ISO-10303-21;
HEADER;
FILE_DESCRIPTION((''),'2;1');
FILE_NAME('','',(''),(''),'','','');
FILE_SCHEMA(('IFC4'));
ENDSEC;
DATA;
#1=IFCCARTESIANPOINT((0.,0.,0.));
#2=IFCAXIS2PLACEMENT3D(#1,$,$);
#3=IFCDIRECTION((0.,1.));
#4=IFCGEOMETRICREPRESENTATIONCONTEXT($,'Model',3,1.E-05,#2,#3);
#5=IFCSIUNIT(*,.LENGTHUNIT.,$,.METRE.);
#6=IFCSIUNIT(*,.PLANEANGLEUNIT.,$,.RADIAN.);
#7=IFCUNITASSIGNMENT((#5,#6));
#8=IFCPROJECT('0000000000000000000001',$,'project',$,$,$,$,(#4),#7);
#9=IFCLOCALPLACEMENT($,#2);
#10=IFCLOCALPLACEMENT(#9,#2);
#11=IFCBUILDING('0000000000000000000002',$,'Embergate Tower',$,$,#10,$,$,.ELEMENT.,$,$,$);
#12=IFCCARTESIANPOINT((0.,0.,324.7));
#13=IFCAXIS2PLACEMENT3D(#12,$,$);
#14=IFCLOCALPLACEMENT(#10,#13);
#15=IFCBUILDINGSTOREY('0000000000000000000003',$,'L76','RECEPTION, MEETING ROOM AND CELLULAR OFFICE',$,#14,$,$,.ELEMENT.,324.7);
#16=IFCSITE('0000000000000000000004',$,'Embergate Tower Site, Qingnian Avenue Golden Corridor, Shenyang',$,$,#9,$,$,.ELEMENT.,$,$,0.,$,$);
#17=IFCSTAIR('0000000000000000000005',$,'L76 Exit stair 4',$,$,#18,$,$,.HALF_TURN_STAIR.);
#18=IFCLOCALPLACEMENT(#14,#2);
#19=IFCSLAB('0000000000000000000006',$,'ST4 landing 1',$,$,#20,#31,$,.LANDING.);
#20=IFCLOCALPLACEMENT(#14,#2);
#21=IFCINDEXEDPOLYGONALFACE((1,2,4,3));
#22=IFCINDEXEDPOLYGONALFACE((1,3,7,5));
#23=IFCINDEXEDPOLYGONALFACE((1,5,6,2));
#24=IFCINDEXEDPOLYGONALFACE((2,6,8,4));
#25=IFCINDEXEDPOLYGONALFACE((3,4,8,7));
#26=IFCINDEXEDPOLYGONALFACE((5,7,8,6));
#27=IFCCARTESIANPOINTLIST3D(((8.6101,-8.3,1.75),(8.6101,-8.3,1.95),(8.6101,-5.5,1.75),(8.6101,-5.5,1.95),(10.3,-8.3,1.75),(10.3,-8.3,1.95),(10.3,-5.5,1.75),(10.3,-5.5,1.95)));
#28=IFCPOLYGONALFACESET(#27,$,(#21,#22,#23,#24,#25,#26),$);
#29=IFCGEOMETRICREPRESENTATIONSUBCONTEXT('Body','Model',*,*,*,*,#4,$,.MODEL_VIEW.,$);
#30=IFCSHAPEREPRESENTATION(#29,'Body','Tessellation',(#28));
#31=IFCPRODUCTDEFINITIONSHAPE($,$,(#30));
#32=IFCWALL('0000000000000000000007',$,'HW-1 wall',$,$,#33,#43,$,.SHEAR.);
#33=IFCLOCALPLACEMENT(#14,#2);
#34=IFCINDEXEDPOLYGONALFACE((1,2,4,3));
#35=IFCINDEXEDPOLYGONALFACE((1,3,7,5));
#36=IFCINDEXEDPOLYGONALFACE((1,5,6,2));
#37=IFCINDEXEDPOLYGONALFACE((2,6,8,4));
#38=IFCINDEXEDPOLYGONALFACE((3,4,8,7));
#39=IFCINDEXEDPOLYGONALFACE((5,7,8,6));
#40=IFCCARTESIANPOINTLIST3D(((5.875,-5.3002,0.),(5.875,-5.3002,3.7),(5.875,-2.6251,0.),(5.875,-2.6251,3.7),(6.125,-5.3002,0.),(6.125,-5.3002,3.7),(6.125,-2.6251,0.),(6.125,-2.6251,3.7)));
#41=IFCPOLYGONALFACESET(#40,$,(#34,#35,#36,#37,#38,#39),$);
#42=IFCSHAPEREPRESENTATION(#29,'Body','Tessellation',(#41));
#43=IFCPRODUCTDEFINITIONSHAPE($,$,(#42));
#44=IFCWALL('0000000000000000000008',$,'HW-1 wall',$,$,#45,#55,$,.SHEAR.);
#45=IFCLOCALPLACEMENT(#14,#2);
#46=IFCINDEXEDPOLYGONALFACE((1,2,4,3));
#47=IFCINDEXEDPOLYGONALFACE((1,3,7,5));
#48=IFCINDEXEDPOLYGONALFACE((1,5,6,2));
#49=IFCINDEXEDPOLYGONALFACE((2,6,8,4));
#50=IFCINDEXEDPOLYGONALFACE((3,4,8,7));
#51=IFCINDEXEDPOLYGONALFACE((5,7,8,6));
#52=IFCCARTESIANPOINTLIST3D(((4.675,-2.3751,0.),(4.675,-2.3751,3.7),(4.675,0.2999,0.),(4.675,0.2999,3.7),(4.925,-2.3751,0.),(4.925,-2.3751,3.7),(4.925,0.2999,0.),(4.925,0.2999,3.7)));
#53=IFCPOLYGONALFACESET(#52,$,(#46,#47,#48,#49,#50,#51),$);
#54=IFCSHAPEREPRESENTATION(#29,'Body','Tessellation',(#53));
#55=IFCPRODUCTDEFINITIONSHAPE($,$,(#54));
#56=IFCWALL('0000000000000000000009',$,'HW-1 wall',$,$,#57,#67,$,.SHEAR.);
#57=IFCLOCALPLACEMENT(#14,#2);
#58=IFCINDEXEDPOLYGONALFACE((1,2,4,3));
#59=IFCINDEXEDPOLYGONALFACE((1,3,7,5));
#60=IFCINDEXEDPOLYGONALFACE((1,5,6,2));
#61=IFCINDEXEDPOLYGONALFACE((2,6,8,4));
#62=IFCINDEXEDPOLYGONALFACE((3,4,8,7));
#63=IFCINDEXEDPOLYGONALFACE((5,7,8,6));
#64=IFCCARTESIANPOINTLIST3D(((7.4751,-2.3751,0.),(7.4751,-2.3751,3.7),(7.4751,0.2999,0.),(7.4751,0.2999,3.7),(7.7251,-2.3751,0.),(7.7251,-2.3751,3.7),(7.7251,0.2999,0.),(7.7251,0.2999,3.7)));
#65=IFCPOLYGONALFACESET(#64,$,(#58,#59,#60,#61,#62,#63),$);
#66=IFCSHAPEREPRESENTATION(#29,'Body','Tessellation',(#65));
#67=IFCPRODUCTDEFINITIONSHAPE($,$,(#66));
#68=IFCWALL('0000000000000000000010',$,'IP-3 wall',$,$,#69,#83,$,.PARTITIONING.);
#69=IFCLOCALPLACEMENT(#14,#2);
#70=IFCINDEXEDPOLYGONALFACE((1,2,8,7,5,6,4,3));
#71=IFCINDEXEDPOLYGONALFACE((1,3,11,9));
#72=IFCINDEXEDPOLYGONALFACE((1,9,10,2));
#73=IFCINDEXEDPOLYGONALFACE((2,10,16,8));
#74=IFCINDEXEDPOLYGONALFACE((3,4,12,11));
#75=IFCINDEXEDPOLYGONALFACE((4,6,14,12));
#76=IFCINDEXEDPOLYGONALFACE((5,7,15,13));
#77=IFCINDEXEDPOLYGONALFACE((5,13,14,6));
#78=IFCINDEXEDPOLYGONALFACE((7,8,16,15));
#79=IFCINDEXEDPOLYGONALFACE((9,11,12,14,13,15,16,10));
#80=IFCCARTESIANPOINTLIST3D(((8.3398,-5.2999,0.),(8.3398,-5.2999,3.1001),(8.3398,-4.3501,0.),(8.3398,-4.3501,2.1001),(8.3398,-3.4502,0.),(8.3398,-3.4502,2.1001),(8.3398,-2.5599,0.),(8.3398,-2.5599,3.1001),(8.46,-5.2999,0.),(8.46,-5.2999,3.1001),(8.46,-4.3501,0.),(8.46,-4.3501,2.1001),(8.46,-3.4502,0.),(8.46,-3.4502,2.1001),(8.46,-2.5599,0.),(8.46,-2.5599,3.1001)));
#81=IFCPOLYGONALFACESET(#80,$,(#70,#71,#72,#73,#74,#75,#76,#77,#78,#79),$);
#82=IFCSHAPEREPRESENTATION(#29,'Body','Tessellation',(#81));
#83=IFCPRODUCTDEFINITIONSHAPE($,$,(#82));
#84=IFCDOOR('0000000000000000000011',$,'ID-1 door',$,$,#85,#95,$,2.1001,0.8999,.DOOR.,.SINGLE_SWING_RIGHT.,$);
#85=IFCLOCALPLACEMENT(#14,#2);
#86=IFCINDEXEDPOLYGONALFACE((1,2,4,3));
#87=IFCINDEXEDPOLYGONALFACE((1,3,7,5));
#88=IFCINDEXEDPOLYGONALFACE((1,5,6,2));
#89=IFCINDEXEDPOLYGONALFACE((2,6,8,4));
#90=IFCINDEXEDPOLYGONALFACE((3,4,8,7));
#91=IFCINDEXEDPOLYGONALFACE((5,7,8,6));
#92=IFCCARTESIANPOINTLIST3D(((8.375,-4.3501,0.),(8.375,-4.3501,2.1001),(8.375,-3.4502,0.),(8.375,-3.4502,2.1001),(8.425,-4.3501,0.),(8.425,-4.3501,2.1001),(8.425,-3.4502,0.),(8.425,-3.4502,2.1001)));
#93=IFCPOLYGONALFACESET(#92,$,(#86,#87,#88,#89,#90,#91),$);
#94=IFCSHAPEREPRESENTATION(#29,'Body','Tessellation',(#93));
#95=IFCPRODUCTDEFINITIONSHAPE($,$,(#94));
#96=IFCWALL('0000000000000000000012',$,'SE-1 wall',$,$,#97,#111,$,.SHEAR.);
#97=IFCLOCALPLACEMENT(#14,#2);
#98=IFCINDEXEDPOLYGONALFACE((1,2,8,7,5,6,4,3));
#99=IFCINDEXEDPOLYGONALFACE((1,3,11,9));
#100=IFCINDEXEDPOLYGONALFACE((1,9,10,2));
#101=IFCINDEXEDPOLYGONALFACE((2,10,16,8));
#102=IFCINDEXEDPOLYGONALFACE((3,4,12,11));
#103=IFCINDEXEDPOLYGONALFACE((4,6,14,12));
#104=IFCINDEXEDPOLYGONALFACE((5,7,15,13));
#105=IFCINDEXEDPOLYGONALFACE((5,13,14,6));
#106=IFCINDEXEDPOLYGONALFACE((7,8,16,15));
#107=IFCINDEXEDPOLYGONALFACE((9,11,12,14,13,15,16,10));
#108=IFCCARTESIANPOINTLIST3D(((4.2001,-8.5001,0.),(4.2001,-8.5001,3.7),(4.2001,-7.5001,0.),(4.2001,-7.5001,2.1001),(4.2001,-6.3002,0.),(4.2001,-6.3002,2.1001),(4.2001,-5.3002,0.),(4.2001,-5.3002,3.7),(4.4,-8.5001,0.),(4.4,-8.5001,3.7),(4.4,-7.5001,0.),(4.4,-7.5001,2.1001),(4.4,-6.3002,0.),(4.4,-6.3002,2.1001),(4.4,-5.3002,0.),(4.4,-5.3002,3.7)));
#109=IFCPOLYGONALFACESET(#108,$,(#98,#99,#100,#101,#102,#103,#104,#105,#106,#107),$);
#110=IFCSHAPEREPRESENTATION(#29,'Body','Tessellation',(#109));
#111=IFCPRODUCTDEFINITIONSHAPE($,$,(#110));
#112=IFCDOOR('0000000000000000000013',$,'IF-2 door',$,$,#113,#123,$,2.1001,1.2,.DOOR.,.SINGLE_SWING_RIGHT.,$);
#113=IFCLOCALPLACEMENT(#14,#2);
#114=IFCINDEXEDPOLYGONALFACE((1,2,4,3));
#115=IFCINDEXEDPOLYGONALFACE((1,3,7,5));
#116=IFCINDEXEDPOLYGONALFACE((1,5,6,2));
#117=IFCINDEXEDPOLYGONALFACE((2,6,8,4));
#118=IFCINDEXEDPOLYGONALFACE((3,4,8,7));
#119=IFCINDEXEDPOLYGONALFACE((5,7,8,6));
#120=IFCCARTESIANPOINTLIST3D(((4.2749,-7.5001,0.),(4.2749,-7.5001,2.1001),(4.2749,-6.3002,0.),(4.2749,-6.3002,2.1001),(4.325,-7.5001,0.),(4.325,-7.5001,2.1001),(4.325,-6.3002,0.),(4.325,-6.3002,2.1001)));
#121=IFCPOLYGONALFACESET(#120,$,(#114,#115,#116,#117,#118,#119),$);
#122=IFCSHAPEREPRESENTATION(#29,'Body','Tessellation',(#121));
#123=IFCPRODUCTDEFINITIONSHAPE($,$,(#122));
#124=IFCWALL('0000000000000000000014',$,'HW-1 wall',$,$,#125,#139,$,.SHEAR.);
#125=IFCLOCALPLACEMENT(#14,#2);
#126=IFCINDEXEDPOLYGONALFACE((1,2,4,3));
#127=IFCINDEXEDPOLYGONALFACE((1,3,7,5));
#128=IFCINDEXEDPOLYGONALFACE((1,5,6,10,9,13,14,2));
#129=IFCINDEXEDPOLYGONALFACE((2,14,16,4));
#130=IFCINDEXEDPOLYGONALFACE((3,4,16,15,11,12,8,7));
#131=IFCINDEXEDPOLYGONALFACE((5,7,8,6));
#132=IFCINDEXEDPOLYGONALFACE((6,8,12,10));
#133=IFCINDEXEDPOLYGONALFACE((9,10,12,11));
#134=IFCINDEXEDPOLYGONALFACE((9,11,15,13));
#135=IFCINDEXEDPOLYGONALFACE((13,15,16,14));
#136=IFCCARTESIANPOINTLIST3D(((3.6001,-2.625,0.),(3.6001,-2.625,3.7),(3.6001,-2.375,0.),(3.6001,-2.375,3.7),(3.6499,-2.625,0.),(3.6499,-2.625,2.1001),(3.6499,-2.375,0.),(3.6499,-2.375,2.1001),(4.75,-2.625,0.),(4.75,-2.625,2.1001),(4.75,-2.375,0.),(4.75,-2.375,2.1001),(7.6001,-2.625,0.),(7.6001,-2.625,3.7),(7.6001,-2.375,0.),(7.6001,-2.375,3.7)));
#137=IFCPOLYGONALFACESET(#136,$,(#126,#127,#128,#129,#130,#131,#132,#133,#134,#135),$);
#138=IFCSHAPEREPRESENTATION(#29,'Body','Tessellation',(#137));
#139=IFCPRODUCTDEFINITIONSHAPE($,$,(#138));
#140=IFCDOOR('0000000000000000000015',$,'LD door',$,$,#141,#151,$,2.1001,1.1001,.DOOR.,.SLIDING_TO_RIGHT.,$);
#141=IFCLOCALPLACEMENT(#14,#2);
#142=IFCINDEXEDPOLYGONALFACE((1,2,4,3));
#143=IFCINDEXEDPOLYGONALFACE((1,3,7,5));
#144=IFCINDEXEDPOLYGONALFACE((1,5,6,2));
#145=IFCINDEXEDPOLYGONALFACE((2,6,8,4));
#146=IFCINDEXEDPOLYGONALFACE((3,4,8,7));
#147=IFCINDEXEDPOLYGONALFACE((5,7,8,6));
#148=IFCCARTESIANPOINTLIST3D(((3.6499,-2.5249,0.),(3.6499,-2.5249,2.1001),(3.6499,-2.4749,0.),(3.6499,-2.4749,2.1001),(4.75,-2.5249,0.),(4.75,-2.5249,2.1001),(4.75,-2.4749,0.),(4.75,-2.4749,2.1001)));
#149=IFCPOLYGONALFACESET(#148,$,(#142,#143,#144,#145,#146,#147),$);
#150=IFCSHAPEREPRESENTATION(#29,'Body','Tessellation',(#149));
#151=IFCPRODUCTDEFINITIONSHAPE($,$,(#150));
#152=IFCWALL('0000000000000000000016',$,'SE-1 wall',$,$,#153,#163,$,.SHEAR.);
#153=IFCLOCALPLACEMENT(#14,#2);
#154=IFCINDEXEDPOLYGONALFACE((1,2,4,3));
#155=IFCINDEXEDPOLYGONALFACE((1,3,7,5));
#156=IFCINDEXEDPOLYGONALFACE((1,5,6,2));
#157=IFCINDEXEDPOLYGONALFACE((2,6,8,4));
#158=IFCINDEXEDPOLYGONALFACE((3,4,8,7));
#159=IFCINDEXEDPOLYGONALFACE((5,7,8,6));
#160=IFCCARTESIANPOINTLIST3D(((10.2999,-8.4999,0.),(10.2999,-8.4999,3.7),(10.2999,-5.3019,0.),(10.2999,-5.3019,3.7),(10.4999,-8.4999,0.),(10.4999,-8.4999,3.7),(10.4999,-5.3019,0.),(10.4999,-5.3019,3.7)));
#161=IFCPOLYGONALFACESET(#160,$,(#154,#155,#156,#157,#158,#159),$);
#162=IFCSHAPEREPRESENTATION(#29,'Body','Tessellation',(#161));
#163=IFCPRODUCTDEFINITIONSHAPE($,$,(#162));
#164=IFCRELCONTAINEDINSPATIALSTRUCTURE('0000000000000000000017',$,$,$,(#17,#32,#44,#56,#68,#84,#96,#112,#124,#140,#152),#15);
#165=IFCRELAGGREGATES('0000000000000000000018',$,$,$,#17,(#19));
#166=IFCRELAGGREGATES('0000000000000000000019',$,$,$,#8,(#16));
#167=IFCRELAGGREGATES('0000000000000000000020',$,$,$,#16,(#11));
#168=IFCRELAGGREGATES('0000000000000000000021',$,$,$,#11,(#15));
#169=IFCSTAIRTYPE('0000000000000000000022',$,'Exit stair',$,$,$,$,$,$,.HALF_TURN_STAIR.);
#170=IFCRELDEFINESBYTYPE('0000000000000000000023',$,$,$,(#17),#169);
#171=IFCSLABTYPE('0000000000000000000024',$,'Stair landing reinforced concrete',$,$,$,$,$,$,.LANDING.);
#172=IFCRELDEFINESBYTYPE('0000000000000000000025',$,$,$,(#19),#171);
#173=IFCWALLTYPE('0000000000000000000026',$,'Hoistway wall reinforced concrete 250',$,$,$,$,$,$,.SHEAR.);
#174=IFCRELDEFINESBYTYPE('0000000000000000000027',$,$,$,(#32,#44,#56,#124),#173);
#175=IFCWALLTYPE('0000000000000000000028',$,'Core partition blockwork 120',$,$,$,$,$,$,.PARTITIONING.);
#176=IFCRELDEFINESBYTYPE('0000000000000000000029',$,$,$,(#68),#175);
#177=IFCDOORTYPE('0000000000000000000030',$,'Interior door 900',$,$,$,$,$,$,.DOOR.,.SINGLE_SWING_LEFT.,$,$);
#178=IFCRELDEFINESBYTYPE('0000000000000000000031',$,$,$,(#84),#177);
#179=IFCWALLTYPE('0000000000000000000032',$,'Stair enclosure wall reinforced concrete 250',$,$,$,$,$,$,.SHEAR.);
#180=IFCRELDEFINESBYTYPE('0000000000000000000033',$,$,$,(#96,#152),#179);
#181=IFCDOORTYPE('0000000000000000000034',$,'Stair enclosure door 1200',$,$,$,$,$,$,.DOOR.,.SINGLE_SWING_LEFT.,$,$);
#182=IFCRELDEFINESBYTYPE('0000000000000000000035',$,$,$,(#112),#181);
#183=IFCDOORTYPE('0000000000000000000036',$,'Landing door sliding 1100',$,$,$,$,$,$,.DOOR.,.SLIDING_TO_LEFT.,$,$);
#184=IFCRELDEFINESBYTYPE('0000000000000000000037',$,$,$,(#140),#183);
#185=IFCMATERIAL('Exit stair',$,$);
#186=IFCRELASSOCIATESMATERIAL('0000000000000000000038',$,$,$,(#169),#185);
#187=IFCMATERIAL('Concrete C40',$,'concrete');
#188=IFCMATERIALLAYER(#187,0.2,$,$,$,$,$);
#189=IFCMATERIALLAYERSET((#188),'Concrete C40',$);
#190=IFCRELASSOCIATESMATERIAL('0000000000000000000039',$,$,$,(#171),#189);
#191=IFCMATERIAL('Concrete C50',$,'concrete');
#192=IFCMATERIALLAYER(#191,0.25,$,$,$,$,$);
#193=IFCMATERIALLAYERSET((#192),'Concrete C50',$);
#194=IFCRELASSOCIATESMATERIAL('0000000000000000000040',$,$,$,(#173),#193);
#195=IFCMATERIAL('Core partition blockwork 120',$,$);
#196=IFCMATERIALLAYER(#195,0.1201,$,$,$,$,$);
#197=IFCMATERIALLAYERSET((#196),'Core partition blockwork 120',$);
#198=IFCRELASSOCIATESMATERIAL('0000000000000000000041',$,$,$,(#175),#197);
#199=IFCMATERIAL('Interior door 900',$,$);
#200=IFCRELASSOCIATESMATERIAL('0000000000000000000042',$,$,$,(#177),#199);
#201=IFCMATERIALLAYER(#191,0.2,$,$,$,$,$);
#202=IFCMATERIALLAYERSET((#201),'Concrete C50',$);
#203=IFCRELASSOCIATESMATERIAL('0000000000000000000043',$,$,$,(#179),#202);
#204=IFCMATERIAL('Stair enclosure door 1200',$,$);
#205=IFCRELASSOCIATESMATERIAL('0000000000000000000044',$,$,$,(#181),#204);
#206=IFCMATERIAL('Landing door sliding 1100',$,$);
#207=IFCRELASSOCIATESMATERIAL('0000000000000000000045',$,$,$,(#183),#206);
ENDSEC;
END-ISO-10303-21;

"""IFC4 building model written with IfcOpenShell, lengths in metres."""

from ifc_helpers import new_model, si_unit, direction, frame, frame_2d, origin, place, context, subcontext, project, spatial, polyline, rectangle, outline, extrude, source, transform, mapped, material, layer, layer_set, type_object, element, fill, aggregate, save


model = new_model("IFC4")

# Units and contexts
model_context = context("Model", 3, precision=1e-05, world=origin(), true_north=direction((0.0, 1.0)))
body_context = subcontext(model_context, "Body", "Model", "MODEL_VIEW")
ifc_project = project(units=[si_unit("LENGTHUNIT", "METRE"), si_unit("PLANEANGLEUNIT", "RADIAN")], contexts=[model_context])

# Site, building, storey
site_placement = place(None, origin())
site = spatial("IfcSite", under=ifc_project, at=site_placement, Name="Embergate Tower Site, Qingnian Avenue Golden Corridor, Shenyang", CompositionType="ELEMENT", RefElevation=0.0)
building_placement = place(site_placement, origin())
building = spatial("IfcBuilding", under=site, at=building_placement, Name="Embergate Tower", CompositionType="ELEMENT")
storey_placement = place(building_placement, frame((0.0, 0.0, 324.7)))
storey = spatial("IfcBuildingStorey", under=building, at=storey_placement, Name="L76", Description="RECEPTION, MEETING ROOM AND CELLULAR OFFICE", CompositionType="ELEMENT", Elevation=324.7)

# Stair, slab
ifc_material_1 = material(Name="Exit stair")
stair_type = type_object("IfcStairType", Name="Exit stair", PredefinedType="HALF_TURN_STAIR", material=ifc_material_1)
stair_placement = place(storey_placement, origin())
stair = element("IfcStair", 1, at=stair_placement, inside=storey, type_object=stair_type, Name="L76 Exit stair 4", PredefinedType="HALF_TURN_STAIR")
ifc_material_2 = material(Name="Concrete C40", Category="concrete")
ifc_layer_1 = layer(ifc_material_2, 0.2)
ifc_layer_set_1 = layer_set([ifc_layer_1], Name="Concrete C40")
slab_type = type_object("IfcSlabType", Name="Stair landing reinforced concrete", PredefinedType="LANDING", material=ifc_layer_set_1)
shared_shape_1 = source(origin(), body_context, "Body", "SweptSolid", [
    extrude(outline(polyline([(0.0, 0.0), (1.6899, 0.0), (1.6899, 2.8), (0.0, 2.8), (0.0, 0.0)])), origin(), (0.0, 0.0, 1.0), 0.2),
])
slab_placement = place(storey_placement, frame((8.6101, -8.3, 1.75)))
slab = element("IfcSlab", 2, at=slab_placement, type_object=slab_type, Name="ST4 landing 1", PredefinedType="LANDING", context=body_context, shape_type="MappedRepresentation", body=[
    mapped(shared_shape_1, transform((0.0, 0.0, 0.0))),
])

# Walls
ifc_material_3 = material(Name="Concrete C50", Category="concrete")
ifc_layer_2 = layer(ifc_material_3, 0.25)
ifc_layer_set_2 = layer_set([ifc_layer_2], Name="Concrete C50")
wall_type_1 = type_object("IfcWallType", Name="Hoistway wall reinforced concrete 250", PredefinedType="SHEAR", material=ifc_layer_set_2)
shared_shape_2 = source(origin(), body_context, "Body", "SweptSolid", [
    extrude(rectangle(XDim=2.675, YDim=0.25, at=frame_2d((1.3374, 0.0))), origin(), (0.0, 0.0, 1.0), 3.7),
])
for number, where, z_axis, x_axis, name in (
    (3, (6.0, -5.3, 0.0), (0.0, 0.0, 1.0), (0.0, 1.0, 0.0), "HW-1 wall"),
    (4, (4.8, -2.375, 0.0), (0.0, 0.0, 1.0), (0.0, 1.0, 0.0), "HW-1 wall"),
    (5, (7.6001, -2.375, 0.0), (0.0, 0.0, 1.0), (0.0, 1.0, 0.0), "HW-1 wall"),
):
    element("IfcWall", number, at=place(storey_placement, frame(where, z_axis=z_axis, x_axis=x_axis)), inside=storey, type_object=wall_type_1, Name=name, PredefinedType="SHEAR", context=body_context, shape_type="MappedRepresentation", body=[
        mapped(shared_shape_2, transform((0.0, 0.0, 0.0))),
    ])

# Walls, openings, doors
ifc_material_4 = material(Name="Core partition blockwork 120")
ifc_layer_3 = layer(ifc_material_4, 0.1201)
ifc_layer_set_3 = layer_set([ifc_layer_3], Name="Core partition blockwork 120")
wall_type_2 = type_object("IfcWallType", Name="Core partition blockwork 120", PredefinedType="PARTITIONING", material=ifc_layer_set_3)
shared_shape_3 = source(origin(), body_context, "Body", "SweptSolid", [
    extrude(rectangle(XDim=2.74, YDim=0.1201, at=frame_2d((1.3701, 0.0))), origin(), (0.0, 0.0, 1.0), 3.1001),
])
wall_1_placement = place(storey_placement, frame((8.3999, -5.3, 0.0), z_axis=(0.0, 0.0, 1.0), x_axis=(0.0, 1.0, 0.0)))
wall_1 = element("IfcWall", 6, at=wall_1_placement, inside=storey, type_object=wall_type_2, Name="IP-3 wall", PredefinedType="PARTITIONING", context=body_context, shape_type="MappedRepresentation", body=[
    mapped(shared_shape_3, transform((0.0, 0.0, 0.0))),
])
shared_shape_4 = source(origin(), body_context, "Body", "SweptSolid", [
    extrude(rectangle(XDim=0.8999, YDim=2.1001, at=frame_2d((0.45, 1.05))), frame((0.0, 0.0701, 0.0), z_axis=(0.0, -1.0, 0.0), x_axis=(1.0, 0.0, 0.0)), (0.0, 0.0, 1.0), 0.1401),
])
opening_1_placement = place(wall_1_placement, frame((0.95, 0.0, 0.0)))
opening_1 = element("IfcOpeningElement", 7, at=opening_1_placement, cuts=wall_1, PredefinedType="OPENING", context=body_context, shape_type="MappedRepresentation", body=[
    mapped(shared_shape_4, transform((0.0, 0.0, 0.0))),
])
ifc_material_5 = material(Name="Interior door 900")
door_type_1 = type_object("IfcDoorType", Name="Interior door 900", OperationType="SINGLE_SWING_LEFT", PredefinedType="DOOR", material=ifc_material_5)
shared_shape_5 = source(origin(), body_context, "Body", "SweptSolid", [
    extrude(rectangle(XDim=0.8999, YDim=2.1001, at=frame_2d((0.45, 1.05))), frame((0.0, 0.0249, 0.0), z_axis=(0.0, -1.0, 0.0), x_axis=(1.0, 0.0, 0.0)), (0.0, 0.0, 1.0), 0.05),
])
door_1_placement = place(opening_1_placement, origin())
door_1 = element("IfcDoor", 8, at=door_1_placement, inside=storey, type_object=door_type_1, Name="ID-1 door", OperationType="SINGLE_SWING_RIGHT", OverallHeight=2.1001, OverallWidth=0.8999, PredefinedType="DOOR", context=body_context, shape_type="MappedRepresentation", body=[
    mapped(shared_shape_5, transform((0.0, 0.0, 0.0))),
])
fill(opening_1, door_1)
ifc_layer_4 = layer(ifc_material_3, 0.2)
ifc_layer_set_4 = layer_set([ifc_layer_4], Name="Concrete C50")
wall_type_3 = type_object("IfcWallType", Name="Stair enclosure wall reinforced concrete 250", PredefinedType="SHEAR", material=ifc_layer_set_4)
shared_shape_6 = source(origin(), body_context, "Body", "SweptSolid", [
    extrude(rectangle(XDim=3.2, YDim=0.2, at=frame_2d((1.6001, 0.0))), origin(), (0.0, 0.0, 1.0), 3.7),
])
wall_2_placement = place(storey_placement, frame((4.3, -5.3, 0.0), z_axis=(0.0, 0.0, 1.0), x_axis=(0.0, -1.0, 0.0)))
wall_2 = element("IfcWall", 9, at=wall_2_placement, inside=storey, type_object=wall_type_3, Name="SE-1 wall", PredefinedType="SHEAR", context=body_context, shape_type="MappedRepresentation", body=[
    mapped(shared_shape_6, transform((0.0, 0.0, 0.0))),
])
shared_shape_7 = source(origin(), body_context, "Body", "SweptSolid", [
    extrude(rectangle(XDim=1.2, YDim=2.1001, at=frame_2d((0.6001, 1.05))), frame((0.0, 0.1099, 0.0), z_axis=(0.0, -1.0, 0.0), x_axis=(1.0, 0.0, 0.0)), (0.0, 0.0, 1.0), 0.22),
])
opening_2_placement = place(wall_2_placement, frame((1.0, 0.0, 0.0)))
opening_2 = element("IfcOpeningElement", 10, at=opening_2_placement, cuts=wall_2, PredefinedType="OPENING", context=body_context, shape_type="MappedRepresentation", body=[
    mapped(shared_shape_7, transform((0.0, 0.0, 0.0))),
])
ifc_material_6 = material(Name="Stair enclosure door 1200")
door_type_2 = type_object("IfcDoorType", Name="Stair enclosure door 1200", OperationType="SINGLE_SWING_LEFT", PredefinedType="DOOR", material=ifc_material_6)
shared_shape_8 = source(origin(), body_context, "Body", "SweptSolid", [
    extrude(rectangle(XDim=1.2, YDim=2.1001, at=frame_2d((0.6001, 1.05))), frame((0.0, 0.0249, 0.0), z_axis=(0.0, -1.0, 0.0), x_axis=(1.0, 0.0, 0.0)), (0.0, 0.0, 1.0), 0.05),
])
door_2_placement = place(opening_2_placement, origin())
door_2 = element("IfcDoor", 11, at=door_2_placement, inside=storey, type_object=door_type_2, Name="IF-2 door", OperationType="SINGLE_SWING_RIGHT", OverallHeight=2.1001, OverallWidth=1.2, PredefinedType="DOOR", context=body_context, shape_type="MappedRepresentation", body=[
    mapped(shared_shape_8, transform((0.0, 0.0, 0.0))),
])
fill(opening_2, door_2)
shared_shape_9 = source(origin(), body_context, "Body", "SweptSolid", [
    extrude(rectangle(XDim=4.0, YDim=0.25, at=frame_2d((2.0, 0.0))), origin(), (0.0, 0.0, 1.0), 3.7),
])
wall_3_placement = place(storey_placement, frame((7.6001, -2.5, 0.0), z_axis=(0.0, 0.0, 1.0), x_axis=(-1.0, 0.0, 0.0)))
wall_3 = element("IfcWall", 12, at=wall_3_placement, inside=storey, type_object=wall_type_1, Name="HW-1 wall", PredefinedType="SHEAR", context=body_context, shape_type="MappedRepresentation", body=[
    mapped(shared_shape_9, transform((0.0, 0.0, 0.0))),
])
shared_shape_10 = source(origin(), body_context, "Body", "SweptSolid", [
    extrude(rectangle(XDim=1.1001, YDim=2.1001, at=frame_2d((0.55, 1.05))), frame((0.0, 0.135, 0.0), z_axis=(0.0, -1.0, 0.0), x_axis=(1.0, 0.0, 0.0)), (0.0, 0.0, 1.0), 0.27),
])
opening_3_placement = place(wall_3_placement, frame((2.8501, 0.0, 0.0)))
opening_3 = element("IfcOpeningElement", 13, at=opening_3_placement, cuts=wall_3, PredefinedType="OPENING", context=body_context, shape_type="MappedRepresentation", body=[
    mapped(shared_shape_10, transform((0.0, 0.0, 0.0))),
])
ifc_material_7 = material(Name="Landing door sliding 1100")
door_type_3 = type_object("IfcDoorType", Name="Landing door sliding 1100", OperationType="SLIDING_TO_LEFT", PredefinedType="DOOR", material=ifc_material_7)
shared_shape_11 = source(origin(), body_context, "Body", "SweptSolid", [
    extrude(rectangle(XDim=1.1001, YDim=2.1001, at=frame_2d((0.55, 1.05))), frame((0.0, 0.0249, 0.0), z_axis=(0.0, -1.0, 0.0), x_axis=(1.0, 0.0, 0.0)), (0.0, 0.0, 1.0), 0.05),
])
door_3_placement = place(opening_3_placement, origin())
door_3 = element("IfcDoor", 14, at=door_3_placement, inside=storey, type_object=door_type_3, Name="LD door", OperationType="SLIDING_TO_RIGHT", OverallHeight=2.1001, OverallWidth=1.1001, PredefinedType="DOOR", context=body_context, shape_type="MappedRepresentation", body=[
    mapped(shared_shape_11, transform((0.0, 0.0, 0.0))),
])
fill(opening_3, door_3)

# Wall
shared_shape_12 = source(origin(), body_context, "Body", "SweptSolid", [
    extrude(rectangle(XDim=3.198, YDim=0.2, at=frame_2d((1.5991, 0.0))), origin(), (0.0, 0.0, 1.0), 3.7),
])
wall_4_placement = place(storey_placement, frame((10.3999, -8.5, 0.0), z_axis=(0.0, 0.0, 1.0), x_axis=(0.0, 1.0, 0.0)))
element("IfcWall", 15, at=wall_4_placement, inside=storey, type_object=wall_type_3, Name="SE-1 wall", PredefinedType="SHEAR", context=body_context, shape_type="MappedRepresentation", body=[
    mapped(shared_shape_12, transform((0.0, 0.0, 0.0))),
])

aggregate(stair, [slab])

save(model, "model.ifc")
